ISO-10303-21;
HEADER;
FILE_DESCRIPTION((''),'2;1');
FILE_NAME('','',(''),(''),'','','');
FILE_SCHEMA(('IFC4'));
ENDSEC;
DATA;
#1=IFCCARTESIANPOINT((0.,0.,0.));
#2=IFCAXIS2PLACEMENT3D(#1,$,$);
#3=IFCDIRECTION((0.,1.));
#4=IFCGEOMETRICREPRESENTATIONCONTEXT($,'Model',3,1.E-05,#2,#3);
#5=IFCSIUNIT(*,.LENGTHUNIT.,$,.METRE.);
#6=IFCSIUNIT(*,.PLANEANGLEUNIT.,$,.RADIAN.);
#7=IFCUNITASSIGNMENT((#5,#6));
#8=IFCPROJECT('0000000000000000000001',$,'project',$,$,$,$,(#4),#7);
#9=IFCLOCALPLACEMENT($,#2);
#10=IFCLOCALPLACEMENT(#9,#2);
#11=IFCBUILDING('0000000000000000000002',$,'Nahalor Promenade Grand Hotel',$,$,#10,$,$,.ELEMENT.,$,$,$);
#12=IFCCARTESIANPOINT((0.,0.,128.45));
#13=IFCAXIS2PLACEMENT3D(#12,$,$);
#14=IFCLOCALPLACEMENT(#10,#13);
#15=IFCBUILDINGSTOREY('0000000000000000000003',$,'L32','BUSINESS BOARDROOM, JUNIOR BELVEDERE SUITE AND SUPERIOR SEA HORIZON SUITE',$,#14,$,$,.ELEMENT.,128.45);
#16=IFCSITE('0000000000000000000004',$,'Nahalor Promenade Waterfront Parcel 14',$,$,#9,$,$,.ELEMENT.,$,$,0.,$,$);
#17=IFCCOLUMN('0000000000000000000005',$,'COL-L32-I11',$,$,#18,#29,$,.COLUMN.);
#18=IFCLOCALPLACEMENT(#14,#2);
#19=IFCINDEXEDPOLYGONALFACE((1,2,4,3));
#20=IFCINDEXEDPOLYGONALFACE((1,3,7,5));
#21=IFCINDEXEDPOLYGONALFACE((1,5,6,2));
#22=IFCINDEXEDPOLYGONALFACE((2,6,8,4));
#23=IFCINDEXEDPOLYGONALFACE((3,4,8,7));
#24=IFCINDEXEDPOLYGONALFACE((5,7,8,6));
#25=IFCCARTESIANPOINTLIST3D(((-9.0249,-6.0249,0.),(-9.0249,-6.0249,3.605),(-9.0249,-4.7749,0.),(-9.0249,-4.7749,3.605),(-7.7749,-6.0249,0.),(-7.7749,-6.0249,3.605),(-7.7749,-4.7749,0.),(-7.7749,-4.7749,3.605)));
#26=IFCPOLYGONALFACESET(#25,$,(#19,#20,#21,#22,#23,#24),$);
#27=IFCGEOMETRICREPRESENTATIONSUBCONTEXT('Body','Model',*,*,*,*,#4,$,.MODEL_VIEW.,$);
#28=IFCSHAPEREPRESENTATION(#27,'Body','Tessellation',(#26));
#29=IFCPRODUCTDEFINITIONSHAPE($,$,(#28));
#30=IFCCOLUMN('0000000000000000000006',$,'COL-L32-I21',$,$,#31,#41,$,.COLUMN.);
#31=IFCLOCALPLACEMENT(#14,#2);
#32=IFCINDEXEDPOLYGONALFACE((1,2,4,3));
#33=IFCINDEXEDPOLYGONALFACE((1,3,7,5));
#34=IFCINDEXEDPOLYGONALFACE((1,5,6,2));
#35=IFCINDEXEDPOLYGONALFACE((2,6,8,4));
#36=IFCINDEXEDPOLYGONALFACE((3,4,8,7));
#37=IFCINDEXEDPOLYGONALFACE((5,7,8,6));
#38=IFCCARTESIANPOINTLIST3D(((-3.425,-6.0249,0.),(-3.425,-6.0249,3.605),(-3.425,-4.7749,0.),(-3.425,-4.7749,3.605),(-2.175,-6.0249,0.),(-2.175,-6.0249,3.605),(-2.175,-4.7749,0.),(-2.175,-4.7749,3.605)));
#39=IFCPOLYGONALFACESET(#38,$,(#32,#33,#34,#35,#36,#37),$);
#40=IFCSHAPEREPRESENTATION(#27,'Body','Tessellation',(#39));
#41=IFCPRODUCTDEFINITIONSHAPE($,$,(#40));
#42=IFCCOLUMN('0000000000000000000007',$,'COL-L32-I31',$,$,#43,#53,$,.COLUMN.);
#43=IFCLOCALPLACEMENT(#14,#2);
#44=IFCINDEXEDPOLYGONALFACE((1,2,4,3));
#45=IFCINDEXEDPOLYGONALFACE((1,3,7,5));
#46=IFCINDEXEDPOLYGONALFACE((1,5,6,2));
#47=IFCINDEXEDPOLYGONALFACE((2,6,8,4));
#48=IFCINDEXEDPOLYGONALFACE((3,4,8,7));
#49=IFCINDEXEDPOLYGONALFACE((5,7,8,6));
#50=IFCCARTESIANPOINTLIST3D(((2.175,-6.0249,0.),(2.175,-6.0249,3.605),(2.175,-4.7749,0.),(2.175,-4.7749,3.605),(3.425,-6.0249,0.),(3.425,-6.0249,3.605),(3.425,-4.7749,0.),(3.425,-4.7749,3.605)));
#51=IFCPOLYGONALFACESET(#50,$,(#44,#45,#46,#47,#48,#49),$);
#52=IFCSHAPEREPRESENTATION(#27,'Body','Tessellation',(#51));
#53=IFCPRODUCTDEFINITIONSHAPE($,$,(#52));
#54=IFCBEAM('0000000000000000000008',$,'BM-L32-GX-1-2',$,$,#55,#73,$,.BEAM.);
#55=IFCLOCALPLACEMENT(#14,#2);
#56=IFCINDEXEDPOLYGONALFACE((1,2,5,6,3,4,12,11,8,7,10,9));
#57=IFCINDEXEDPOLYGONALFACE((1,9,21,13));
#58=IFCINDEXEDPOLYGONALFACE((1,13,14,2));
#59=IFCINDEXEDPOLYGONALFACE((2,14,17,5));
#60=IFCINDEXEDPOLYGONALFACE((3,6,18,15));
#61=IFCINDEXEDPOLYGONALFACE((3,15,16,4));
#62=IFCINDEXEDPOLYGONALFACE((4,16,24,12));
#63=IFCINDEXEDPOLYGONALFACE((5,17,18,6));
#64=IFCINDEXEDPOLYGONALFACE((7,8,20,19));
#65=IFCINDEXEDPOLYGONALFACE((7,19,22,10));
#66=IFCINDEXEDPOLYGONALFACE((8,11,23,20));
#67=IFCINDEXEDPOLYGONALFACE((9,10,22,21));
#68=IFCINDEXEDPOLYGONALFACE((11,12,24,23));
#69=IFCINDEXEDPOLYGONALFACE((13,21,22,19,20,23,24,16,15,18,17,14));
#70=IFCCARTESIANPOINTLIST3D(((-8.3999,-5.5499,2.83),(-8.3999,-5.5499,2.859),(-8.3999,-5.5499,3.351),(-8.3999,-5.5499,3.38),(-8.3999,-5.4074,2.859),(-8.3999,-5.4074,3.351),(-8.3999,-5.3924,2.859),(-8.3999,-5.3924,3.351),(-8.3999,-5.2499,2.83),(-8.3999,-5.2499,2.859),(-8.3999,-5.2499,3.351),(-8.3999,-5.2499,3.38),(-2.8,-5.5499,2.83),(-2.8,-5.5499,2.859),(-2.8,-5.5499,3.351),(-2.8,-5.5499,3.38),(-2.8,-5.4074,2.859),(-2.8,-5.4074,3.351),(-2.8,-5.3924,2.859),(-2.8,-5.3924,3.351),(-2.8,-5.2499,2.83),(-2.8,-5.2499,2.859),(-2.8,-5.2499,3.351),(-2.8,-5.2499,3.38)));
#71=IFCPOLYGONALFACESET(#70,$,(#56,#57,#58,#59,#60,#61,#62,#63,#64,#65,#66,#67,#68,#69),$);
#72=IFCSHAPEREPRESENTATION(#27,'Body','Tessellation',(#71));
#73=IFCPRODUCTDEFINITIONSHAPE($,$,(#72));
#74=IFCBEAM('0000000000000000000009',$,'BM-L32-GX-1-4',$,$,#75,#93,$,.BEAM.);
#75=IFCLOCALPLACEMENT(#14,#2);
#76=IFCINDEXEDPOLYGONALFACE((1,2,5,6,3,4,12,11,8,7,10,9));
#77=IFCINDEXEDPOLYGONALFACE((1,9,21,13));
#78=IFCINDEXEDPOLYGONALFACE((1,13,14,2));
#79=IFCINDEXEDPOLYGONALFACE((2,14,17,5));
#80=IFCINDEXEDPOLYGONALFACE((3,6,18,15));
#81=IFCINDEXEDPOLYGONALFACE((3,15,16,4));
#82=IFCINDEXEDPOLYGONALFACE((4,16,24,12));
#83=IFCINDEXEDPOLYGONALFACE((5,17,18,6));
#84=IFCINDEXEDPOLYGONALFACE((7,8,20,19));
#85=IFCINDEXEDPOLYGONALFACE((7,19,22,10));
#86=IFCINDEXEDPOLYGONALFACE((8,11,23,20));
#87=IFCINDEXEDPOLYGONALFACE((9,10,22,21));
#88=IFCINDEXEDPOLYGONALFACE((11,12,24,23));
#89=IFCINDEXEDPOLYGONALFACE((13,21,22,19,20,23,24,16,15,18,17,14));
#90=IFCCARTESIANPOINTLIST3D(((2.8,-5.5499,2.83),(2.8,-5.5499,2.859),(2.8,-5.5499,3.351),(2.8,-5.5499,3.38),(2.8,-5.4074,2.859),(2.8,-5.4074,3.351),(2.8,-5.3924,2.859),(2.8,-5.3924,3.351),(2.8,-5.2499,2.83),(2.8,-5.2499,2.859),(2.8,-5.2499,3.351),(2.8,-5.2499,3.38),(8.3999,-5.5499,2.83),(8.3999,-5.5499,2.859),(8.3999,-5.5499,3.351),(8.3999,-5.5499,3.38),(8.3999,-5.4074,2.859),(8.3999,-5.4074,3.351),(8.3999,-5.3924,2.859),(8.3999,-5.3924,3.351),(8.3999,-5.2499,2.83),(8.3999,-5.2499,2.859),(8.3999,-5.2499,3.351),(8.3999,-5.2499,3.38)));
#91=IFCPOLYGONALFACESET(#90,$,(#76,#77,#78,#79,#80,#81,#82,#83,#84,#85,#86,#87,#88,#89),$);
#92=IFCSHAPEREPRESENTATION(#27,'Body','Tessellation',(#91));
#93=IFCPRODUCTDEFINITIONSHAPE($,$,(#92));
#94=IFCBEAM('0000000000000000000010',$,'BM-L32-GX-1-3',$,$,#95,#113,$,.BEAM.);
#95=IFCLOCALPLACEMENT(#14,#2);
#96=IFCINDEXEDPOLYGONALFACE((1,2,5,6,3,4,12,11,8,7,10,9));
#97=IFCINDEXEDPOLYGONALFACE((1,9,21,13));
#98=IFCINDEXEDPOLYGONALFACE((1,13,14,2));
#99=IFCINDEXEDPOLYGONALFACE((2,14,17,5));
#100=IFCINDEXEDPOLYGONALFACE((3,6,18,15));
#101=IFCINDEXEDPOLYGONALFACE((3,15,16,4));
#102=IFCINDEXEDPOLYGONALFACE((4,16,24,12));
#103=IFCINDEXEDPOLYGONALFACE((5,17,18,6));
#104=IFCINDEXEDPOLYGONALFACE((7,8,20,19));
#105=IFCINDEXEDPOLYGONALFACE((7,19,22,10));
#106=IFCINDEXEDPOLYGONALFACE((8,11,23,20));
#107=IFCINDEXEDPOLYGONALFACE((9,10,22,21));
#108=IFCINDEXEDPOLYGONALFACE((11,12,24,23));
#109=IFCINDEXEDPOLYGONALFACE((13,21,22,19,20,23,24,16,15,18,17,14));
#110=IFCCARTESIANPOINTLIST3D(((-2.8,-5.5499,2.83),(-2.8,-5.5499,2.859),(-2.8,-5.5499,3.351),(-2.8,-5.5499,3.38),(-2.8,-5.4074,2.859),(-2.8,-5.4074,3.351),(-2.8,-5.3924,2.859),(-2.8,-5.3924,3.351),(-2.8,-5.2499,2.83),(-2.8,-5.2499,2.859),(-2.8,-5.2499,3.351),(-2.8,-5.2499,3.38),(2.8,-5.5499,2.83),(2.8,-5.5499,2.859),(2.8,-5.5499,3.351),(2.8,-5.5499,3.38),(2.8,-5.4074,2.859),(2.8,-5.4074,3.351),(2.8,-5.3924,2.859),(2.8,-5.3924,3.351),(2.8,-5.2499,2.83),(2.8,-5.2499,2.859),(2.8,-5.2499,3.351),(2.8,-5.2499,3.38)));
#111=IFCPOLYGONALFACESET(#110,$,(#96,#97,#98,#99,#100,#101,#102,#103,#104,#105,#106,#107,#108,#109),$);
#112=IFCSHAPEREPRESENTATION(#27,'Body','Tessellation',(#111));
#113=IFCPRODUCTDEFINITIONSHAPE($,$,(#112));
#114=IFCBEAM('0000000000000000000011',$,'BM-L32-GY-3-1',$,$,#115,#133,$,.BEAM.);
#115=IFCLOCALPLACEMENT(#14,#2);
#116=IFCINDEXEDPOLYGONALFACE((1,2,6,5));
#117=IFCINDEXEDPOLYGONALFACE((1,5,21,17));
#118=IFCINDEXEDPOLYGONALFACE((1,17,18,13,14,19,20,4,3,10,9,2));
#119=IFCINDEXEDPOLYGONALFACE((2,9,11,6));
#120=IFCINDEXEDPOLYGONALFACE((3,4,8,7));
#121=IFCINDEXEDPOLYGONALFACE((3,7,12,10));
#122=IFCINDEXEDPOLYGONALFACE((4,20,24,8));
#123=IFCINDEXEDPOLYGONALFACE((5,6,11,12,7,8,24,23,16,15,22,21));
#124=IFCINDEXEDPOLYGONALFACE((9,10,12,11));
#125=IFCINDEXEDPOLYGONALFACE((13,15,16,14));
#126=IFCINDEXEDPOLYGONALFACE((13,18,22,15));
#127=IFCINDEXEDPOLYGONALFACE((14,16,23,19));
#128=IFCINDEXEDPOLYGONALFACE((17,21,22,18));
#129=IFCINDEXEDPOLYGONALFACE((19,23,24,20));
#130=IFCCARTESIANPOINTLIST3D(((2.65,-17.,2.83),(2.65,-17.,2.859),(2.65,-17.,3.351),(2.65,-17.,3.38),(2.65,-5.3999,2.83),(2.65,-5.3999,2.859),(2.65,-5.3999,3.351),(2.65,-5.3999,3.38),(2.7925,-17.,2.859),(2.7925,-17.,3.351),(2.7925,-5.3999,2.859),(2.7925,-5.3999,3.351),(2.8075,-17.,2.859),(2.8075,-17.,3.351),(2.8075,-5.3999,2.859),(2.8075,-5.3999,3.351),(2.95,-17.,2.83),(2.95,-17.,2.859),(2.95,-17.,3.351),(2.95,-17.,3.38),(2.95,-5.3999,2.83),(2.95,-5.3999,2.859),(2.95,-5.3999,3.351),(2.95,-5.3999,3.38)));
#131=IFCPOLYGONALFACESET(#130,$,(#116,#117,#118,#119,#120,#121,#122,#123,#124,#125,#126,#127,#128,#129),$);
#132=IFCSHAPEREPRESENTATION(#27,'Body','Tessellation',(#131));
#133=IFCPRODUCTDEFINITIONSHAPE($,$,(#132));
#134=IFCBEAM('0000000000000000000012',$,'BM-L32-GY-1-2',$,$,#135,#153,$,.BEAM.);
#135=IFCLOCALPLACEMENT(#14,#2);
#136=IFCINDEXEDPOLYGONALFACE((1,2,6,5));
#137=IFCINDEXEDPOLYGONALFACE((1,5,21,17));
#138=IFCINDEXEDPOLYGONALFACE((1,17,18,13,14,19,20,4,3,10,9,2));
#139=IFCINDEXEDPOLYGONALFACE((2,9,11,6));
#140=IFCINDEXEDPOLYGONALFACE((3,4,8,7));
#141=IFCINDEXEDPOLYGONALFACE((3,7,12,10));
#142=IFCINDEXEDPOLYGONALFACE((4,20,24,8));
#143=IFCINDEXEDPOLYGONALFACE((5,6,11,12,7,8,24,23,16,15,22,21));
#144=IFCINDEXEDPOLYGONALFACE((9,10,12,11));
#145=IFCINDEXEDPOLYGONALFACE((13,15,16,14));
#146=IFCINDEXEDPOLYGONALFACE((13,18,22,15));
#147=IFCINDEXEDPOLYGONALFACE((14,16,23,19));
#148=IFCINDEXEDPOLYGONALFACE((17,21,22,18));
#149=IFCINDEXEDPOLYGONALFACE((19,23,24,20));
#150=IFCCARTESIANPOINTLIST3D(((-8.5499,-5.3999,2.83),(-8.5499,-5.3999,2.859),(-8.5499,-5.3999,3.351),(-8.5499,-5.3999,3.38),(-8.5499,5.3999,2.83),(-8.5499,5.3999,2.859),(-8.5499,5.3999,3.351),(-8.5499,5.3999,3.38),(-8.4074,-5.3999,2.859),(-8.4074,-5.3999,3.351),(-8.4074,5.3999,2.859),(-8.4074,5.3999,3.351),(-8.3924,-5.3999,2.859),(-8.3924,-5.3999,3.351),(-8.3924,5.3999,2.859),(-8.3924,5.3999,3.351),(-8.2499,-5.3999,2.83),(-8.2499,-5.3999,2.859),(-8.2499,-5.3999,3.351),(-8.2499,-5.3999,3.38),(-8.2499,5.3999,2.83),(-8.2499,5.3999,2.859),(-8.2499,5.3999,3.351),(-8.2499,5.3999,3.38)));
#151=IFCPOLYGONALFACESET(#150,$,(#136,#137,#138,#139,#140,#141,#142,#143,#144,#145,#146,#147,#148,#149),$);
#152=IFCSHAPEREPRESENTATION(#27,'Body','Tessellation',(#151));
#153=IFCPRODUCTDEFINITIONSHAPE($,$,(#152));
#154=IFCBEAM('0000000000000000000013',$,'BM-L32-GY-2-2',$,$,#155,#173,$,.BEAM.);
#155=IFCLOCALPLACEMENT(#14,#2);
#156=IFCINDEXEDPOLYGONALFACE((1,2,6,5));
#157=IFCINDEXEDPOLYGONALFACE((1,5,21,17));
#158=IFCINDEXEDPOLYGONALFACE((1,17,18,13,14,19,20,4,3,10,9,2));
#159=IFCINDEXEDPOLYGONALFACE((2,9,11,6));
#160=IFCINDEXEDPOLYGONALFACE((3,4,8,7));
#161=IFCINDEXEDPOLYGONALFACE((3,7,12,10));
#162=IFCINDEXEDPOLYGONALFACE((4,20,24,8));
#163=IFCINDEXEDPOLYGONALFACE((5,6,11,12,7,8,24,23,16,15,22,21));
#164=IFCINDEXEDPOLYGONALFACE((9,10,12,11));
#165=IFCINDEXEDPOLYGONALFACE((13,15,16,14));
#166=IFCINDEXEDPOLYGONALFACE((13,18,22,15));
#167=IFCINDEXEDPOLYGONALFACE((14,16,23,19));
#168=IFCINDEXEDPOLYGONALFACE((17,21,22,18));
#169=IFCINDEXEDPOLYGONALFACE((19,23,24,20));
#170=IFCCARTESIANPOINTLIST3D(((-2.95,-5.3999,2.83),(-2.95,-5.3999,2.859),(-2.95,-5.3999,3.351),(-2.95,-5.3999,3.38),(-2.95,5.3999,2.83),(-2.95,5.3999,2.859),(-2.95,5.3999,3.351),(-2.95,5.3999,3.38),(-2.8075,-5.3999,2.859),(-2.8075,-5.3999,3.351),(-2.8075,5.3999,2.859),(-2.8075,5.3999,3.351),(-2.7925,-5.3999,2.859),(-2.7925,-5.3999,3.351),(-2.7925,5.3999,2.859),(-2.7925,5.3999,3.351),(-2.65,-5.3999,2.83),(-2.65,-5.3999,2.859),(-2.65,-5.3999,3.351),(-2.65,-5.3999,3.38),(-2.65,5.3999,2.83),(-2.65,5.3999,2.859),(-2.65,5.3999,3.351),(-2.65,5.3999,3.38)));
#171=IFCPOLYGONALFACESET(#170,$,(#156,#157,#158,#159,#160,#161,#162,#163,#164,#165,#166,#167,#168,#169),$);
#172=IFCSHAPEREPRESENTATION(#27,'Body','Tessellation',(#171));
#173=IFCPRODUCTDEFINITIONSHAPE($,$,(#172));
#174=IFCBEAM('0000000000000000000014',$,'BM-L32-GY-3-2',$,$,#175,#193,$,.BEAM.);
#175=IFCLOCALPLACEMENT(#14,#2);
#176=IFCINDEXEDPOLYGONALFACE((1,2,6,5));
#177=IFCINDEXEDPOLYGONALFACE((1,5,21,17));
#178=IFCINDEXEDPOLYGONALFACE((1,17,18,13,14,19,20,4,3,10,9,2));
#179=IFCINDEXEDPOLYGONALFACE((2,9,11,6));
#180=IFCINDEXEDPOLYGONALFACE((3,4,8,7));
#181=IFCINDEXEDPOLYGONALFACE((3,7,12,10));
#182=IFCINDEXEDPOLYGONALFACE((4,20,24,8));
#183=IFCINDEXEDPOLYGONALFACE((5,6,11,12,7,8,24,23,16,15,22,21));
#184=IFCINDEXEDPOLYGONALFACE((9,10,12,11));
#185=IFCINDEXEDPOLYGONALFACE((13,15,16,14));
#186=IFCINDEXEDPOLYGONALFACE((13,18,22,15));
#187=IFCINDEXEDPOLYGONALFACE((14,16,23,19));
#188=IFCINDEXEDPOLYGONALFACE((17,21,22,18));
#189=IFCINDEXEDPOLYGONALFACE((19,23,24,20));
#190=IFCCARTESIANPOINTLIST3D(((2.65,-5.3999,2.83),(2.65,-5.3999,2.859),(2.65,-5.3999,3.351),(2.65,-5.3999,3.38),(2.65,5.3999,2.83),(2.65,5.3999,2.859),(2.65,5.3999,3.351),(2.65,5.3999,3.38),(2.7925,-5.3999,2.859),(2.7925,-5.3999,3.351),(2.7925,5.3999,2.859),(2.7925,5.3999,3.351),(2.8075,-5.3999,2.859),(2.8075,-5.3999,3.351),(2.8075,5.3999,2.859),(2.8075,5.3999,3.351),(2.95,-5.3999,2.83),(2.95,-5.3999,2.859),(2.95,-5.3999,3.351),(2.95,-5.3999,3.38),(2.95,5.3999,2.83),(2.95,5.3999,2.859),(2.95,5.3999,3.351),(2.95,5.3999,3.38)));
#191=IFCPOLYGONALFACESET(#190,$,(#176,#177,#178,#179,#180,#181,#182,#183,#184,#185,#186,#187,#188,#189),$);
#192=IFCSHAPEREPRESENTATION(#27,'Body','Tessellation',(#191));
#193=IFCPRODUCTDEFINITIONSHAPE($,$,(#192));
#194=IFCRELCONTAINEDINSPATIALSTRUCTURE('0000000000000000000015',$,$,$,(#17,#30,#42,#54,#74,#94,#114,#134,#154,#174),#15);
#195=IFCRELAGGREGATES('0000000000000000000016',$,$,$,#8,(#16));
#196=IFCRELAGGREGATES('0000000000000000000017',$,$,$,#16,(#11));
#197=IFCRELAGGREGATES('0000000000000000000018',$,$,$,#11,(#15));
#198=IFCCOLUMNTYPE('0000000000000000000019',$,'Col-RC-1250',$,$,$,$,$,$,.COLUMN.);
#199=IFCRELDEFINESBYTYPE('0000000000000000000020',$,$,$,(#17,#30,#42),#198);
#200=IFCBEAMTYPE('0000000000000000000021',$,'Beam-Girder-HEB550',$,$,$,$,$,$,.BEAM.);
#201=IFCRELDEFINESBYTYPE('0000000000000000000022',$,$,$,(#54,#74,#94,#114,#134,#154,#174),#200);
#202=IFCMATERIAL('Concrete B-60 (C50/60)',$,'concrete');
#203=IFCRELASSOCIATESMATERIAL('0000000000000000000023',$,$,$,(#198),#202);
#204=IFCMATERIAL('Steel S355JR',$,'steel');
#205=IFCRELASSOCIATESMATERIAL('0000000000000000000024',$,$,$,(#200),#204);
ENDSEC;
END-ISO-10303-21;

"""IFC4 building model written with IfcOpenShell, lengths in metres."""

from ifc_helpers import new_model, si_unit, direction, frame, origin, origin_2d, place, context, subcontext, project, spatial, rectangle, i_section, extrude, source, transform, mapped, material, material_profile, profile_set, type_object, element, save


model = new_model("IFC4")

# Units and contexts
model_context = context("Model", 3, precision=1e-05, world=origin(), true_north=direction((0.0, 1.0)))
body_context = subcontext(model_context, "Body", "Model", "MODEL_VIEW")
ifc_project = project(units=[si_unit("LENGTHUNIT", "METRE"), si_unit("PLANEANGLEUNIT", "RADIAN")], contexts=[model_context])

# Site, building, storey
site_placement = place(None, origin())
site = spatial("IfcSite", under=ifc_project, at=site_placement, Name="Nahalor Promenade Waterfront Parcel 14", CompositionType="ELEMENT", RefElevation=0.0)
building_placement = place(site_placement, origin())
building = spatial("IfcBuilding", under=site, at=building_placement, Name="Nahalor Promenade Grand Hotel", CompositionType="ELEMENT")
storey_placement = place(building_placement, frame((0.0, 0.0, 128.45)))
storey = spatial("IfcBuildingStorey", under=building, at=storey_placement, Name="L32", Description="BUSINESS BOARDROOM, JUNIOR BELVEDERE SUITE AND SUPERIOR SEA HORIZON SUITE", CompositionType="ELEMENT", Elevation=128.45)

# Columns
ifc_material_1 = material(Name="Concrete B-60 (C50/60)", Category="concrete")
ifc_material_profile_1 = material_profile(ifc_material_1, rectangle(XDim=1.25, YDim=1.25, at=origin_2d()), Name="RC 1250x1250")
ifc_profile_set_1 = profile_set([ifc_material_profile_1], Name="Concrete B-60 (C50/60)")
column_type = type_object("IfcColumnType", Name="Col-RC-1250", PredefinedType="COLUMN", material=ifc_profile_set_1)
shared_shape_1 = source(origin(), body_context, "Body", "SweptSolid", [
    extrude(rectangle(XDim=1.25, YDim=1.25, at=origin_2d()), origin(), (0.0, 0.0, 1.0), 3.605),
])
for number, where, z_axis, x_axis, name in (
    (1, (-8.3999, -5.3999, 0.0), (0.0, 0.0, 1.0), (1.0, 0.0, 0.0), "COL-L32-I11"),
    (2, (-2.8, -5.3999, 0.0), (0.0, 0.0, 1.0), (1.0, 0.0, 0.0), "COL-L32-I21"),
    (3, (2.8, -5.3999, 0.0), (0.0, 0.0, 1.0), (1.0, 0.0, 0.0), "COL-L32-I31"),
):
    element("IfcColumn", number, at=place(storey_placement, frame(where, z_axis=z_axis, x_axis=x_axis)), inside=storey, type_object=column_type, Name=name, PredefinedType="COLUMN", context=body_context, shape_type="MappedRepresentation", body=[
        mapped(shared_shape_1, transform((0.0, 0.0, 0.0), scale=1.0)),
    ])

# Beams
ifc_material_2 = material(Name="Steel S355JR", Category="steel")
ifc_material_profile_2 = material_profile(ifc_material_2, i_section(OverallWidth=0.3, OverallDepth=0.55, WebThickness=0.015, FlangeThickness=0.029, at=origin_2d()), Name="HEB 550")
ifc_profile_set_2 = profile_set([ifc_material_profile_2], Name="Steel S355JR")
beam_type = type_object("IfcBeamType", Name="Beam-Girder-HEB550", PredefinedType="BEAM", material=ifc_profile_set_2)
shared_shape_2 = source(origin(), body_context, "Body", "SweptSolid", [
    extrude(i_section(OverallWidth=0.3, OverallDepth=0.55, WebThickness=0.015, FlangeThickness=0.029, at=origin_2d()), origin(), (0.0, 0.0, 1.0), 5.5999),
])
for number, where, z_axis, x_axis, name in (
    (4, (-8.3999, -5.3999, 3.105), (1.0, 0.0, 0.0), (0.0, 1.0, 0.0), "BM-L32-GX-1-2"),
    (5, (2.8, -5.3999, 3.105), (1.0, 0.0, 0.0), (0.0, 1.0, 0.0), "BM-L32-GX-1-4"),
):
    element("IfcBeam", number, at=place(storey_placement, frame(where, z_axis=z_axis, x_axis=x_axis)), inside=storey, type_object=beam_type, Name=name, PredefinedType="BEAM", context=body_context, shape_type="MappedRepresentation", body=[
        mapped(shared_shape_2, transform((0.0, 0.0, 0.0), scale=1.0)),
    ])
shared_shape_3 = source(origin(), body_context, "Body", "SweptSolid", [
    extrude(i_section(OverallWidth=0.3, OverallDepth=0.55, WebThickness=0.015, FlangeThickness=0.029, at=origin_2d()), origin(), (0.0, 0.0, 1.0), 5.6001),
])
beam_1_placement = place(storey_placement, frame((-2.8, -5.3999, 3.105), z_axis=(1.0, 0.0, 0.0), x_axis=(0.0, 1.0, 0.0)))
element("IfcBeam", 6, at=beam_1_placement, inside=storey, type_object=beam_type, Name="BM-L32-GX-1-3", PredefinedType="BEAM", context=body_context, shape_type="MappedRepresentation", body=[
    mapped(shared_shape_3, transform((0.0, 0.0, 0.0), scale=1.0)),
])
shared_shape_4 = source(origin(), body_context, "Body", "SweptSolid", [
    extrude(i_section(OverallWidth=0.3, OverallDepth=0.55, WebThickness=0.015, FlangeThickness=0.029, at=origin_2d()), origin(), (0.0, 0.0, 1.0), 11.6001),
])
beam_2_placement = place(storey_placement, frame((2.8, -17.0, 3.105), z_axis=(0.0, 1.0, 0.0), x_axis=(-1.0, 0.0, 0.0)))
element("IfcBeam", 7, at=beam_2_placement, inside=storey, type_object=beam_type, Name="BM-L32-GY-3-1", PredefinedType="BEAM", context=body_context, shape_type="MappedRepresentation", body=[
    mapped(shared_shape_4, transform((0.0, 0.0, 0.0), scale=1.0)),
])
shared_shape_5 = source(origin(), body_context, "Body", "SweptSolid", [
    extrude(i_section(OverallWidth=0.3, OverallDepth=0.55, WebThickness=0.015, FlangeThickness=0.029, at=origin_2d()), origin(), (0.0, 0.0, 1.0), 10.7998),
])
for number, where, z_axis, x_axis, name in (
    (8, (-8.3999, -5.3999, 3.105), (0.0, 1.0, 0.0), (-1.0, 0.0, 0.0), "BM-L32-GY-1-2"),
    (9, (-2.8, -5.3999, 3.105), (0.0, 1.0, 0.0), (-1.0, 0.0, 0.0), "BM-L32-GY-2-2"),
    (10, (2.8, -5.3999, 3.105), (0.0, 1.0, 0.0), (-1.0, 0.0, 0.0), "BM-L32-GY-3-2"),
):
    element("IfcBeam", number, at=place(storey_placement, frame(where, z_axis=z_axis, x_axis=x_axis)), inside=storey, type_object=beam_type, Name=name, PredefinedType="BEAM", context=body_context, shape_type="MappedRepresentation", body=[
        mapped(shared_shape_5, transform((0.0, 0.0, 0.0), scale=1.0)),
    ])

save(model, "model.ifc")
